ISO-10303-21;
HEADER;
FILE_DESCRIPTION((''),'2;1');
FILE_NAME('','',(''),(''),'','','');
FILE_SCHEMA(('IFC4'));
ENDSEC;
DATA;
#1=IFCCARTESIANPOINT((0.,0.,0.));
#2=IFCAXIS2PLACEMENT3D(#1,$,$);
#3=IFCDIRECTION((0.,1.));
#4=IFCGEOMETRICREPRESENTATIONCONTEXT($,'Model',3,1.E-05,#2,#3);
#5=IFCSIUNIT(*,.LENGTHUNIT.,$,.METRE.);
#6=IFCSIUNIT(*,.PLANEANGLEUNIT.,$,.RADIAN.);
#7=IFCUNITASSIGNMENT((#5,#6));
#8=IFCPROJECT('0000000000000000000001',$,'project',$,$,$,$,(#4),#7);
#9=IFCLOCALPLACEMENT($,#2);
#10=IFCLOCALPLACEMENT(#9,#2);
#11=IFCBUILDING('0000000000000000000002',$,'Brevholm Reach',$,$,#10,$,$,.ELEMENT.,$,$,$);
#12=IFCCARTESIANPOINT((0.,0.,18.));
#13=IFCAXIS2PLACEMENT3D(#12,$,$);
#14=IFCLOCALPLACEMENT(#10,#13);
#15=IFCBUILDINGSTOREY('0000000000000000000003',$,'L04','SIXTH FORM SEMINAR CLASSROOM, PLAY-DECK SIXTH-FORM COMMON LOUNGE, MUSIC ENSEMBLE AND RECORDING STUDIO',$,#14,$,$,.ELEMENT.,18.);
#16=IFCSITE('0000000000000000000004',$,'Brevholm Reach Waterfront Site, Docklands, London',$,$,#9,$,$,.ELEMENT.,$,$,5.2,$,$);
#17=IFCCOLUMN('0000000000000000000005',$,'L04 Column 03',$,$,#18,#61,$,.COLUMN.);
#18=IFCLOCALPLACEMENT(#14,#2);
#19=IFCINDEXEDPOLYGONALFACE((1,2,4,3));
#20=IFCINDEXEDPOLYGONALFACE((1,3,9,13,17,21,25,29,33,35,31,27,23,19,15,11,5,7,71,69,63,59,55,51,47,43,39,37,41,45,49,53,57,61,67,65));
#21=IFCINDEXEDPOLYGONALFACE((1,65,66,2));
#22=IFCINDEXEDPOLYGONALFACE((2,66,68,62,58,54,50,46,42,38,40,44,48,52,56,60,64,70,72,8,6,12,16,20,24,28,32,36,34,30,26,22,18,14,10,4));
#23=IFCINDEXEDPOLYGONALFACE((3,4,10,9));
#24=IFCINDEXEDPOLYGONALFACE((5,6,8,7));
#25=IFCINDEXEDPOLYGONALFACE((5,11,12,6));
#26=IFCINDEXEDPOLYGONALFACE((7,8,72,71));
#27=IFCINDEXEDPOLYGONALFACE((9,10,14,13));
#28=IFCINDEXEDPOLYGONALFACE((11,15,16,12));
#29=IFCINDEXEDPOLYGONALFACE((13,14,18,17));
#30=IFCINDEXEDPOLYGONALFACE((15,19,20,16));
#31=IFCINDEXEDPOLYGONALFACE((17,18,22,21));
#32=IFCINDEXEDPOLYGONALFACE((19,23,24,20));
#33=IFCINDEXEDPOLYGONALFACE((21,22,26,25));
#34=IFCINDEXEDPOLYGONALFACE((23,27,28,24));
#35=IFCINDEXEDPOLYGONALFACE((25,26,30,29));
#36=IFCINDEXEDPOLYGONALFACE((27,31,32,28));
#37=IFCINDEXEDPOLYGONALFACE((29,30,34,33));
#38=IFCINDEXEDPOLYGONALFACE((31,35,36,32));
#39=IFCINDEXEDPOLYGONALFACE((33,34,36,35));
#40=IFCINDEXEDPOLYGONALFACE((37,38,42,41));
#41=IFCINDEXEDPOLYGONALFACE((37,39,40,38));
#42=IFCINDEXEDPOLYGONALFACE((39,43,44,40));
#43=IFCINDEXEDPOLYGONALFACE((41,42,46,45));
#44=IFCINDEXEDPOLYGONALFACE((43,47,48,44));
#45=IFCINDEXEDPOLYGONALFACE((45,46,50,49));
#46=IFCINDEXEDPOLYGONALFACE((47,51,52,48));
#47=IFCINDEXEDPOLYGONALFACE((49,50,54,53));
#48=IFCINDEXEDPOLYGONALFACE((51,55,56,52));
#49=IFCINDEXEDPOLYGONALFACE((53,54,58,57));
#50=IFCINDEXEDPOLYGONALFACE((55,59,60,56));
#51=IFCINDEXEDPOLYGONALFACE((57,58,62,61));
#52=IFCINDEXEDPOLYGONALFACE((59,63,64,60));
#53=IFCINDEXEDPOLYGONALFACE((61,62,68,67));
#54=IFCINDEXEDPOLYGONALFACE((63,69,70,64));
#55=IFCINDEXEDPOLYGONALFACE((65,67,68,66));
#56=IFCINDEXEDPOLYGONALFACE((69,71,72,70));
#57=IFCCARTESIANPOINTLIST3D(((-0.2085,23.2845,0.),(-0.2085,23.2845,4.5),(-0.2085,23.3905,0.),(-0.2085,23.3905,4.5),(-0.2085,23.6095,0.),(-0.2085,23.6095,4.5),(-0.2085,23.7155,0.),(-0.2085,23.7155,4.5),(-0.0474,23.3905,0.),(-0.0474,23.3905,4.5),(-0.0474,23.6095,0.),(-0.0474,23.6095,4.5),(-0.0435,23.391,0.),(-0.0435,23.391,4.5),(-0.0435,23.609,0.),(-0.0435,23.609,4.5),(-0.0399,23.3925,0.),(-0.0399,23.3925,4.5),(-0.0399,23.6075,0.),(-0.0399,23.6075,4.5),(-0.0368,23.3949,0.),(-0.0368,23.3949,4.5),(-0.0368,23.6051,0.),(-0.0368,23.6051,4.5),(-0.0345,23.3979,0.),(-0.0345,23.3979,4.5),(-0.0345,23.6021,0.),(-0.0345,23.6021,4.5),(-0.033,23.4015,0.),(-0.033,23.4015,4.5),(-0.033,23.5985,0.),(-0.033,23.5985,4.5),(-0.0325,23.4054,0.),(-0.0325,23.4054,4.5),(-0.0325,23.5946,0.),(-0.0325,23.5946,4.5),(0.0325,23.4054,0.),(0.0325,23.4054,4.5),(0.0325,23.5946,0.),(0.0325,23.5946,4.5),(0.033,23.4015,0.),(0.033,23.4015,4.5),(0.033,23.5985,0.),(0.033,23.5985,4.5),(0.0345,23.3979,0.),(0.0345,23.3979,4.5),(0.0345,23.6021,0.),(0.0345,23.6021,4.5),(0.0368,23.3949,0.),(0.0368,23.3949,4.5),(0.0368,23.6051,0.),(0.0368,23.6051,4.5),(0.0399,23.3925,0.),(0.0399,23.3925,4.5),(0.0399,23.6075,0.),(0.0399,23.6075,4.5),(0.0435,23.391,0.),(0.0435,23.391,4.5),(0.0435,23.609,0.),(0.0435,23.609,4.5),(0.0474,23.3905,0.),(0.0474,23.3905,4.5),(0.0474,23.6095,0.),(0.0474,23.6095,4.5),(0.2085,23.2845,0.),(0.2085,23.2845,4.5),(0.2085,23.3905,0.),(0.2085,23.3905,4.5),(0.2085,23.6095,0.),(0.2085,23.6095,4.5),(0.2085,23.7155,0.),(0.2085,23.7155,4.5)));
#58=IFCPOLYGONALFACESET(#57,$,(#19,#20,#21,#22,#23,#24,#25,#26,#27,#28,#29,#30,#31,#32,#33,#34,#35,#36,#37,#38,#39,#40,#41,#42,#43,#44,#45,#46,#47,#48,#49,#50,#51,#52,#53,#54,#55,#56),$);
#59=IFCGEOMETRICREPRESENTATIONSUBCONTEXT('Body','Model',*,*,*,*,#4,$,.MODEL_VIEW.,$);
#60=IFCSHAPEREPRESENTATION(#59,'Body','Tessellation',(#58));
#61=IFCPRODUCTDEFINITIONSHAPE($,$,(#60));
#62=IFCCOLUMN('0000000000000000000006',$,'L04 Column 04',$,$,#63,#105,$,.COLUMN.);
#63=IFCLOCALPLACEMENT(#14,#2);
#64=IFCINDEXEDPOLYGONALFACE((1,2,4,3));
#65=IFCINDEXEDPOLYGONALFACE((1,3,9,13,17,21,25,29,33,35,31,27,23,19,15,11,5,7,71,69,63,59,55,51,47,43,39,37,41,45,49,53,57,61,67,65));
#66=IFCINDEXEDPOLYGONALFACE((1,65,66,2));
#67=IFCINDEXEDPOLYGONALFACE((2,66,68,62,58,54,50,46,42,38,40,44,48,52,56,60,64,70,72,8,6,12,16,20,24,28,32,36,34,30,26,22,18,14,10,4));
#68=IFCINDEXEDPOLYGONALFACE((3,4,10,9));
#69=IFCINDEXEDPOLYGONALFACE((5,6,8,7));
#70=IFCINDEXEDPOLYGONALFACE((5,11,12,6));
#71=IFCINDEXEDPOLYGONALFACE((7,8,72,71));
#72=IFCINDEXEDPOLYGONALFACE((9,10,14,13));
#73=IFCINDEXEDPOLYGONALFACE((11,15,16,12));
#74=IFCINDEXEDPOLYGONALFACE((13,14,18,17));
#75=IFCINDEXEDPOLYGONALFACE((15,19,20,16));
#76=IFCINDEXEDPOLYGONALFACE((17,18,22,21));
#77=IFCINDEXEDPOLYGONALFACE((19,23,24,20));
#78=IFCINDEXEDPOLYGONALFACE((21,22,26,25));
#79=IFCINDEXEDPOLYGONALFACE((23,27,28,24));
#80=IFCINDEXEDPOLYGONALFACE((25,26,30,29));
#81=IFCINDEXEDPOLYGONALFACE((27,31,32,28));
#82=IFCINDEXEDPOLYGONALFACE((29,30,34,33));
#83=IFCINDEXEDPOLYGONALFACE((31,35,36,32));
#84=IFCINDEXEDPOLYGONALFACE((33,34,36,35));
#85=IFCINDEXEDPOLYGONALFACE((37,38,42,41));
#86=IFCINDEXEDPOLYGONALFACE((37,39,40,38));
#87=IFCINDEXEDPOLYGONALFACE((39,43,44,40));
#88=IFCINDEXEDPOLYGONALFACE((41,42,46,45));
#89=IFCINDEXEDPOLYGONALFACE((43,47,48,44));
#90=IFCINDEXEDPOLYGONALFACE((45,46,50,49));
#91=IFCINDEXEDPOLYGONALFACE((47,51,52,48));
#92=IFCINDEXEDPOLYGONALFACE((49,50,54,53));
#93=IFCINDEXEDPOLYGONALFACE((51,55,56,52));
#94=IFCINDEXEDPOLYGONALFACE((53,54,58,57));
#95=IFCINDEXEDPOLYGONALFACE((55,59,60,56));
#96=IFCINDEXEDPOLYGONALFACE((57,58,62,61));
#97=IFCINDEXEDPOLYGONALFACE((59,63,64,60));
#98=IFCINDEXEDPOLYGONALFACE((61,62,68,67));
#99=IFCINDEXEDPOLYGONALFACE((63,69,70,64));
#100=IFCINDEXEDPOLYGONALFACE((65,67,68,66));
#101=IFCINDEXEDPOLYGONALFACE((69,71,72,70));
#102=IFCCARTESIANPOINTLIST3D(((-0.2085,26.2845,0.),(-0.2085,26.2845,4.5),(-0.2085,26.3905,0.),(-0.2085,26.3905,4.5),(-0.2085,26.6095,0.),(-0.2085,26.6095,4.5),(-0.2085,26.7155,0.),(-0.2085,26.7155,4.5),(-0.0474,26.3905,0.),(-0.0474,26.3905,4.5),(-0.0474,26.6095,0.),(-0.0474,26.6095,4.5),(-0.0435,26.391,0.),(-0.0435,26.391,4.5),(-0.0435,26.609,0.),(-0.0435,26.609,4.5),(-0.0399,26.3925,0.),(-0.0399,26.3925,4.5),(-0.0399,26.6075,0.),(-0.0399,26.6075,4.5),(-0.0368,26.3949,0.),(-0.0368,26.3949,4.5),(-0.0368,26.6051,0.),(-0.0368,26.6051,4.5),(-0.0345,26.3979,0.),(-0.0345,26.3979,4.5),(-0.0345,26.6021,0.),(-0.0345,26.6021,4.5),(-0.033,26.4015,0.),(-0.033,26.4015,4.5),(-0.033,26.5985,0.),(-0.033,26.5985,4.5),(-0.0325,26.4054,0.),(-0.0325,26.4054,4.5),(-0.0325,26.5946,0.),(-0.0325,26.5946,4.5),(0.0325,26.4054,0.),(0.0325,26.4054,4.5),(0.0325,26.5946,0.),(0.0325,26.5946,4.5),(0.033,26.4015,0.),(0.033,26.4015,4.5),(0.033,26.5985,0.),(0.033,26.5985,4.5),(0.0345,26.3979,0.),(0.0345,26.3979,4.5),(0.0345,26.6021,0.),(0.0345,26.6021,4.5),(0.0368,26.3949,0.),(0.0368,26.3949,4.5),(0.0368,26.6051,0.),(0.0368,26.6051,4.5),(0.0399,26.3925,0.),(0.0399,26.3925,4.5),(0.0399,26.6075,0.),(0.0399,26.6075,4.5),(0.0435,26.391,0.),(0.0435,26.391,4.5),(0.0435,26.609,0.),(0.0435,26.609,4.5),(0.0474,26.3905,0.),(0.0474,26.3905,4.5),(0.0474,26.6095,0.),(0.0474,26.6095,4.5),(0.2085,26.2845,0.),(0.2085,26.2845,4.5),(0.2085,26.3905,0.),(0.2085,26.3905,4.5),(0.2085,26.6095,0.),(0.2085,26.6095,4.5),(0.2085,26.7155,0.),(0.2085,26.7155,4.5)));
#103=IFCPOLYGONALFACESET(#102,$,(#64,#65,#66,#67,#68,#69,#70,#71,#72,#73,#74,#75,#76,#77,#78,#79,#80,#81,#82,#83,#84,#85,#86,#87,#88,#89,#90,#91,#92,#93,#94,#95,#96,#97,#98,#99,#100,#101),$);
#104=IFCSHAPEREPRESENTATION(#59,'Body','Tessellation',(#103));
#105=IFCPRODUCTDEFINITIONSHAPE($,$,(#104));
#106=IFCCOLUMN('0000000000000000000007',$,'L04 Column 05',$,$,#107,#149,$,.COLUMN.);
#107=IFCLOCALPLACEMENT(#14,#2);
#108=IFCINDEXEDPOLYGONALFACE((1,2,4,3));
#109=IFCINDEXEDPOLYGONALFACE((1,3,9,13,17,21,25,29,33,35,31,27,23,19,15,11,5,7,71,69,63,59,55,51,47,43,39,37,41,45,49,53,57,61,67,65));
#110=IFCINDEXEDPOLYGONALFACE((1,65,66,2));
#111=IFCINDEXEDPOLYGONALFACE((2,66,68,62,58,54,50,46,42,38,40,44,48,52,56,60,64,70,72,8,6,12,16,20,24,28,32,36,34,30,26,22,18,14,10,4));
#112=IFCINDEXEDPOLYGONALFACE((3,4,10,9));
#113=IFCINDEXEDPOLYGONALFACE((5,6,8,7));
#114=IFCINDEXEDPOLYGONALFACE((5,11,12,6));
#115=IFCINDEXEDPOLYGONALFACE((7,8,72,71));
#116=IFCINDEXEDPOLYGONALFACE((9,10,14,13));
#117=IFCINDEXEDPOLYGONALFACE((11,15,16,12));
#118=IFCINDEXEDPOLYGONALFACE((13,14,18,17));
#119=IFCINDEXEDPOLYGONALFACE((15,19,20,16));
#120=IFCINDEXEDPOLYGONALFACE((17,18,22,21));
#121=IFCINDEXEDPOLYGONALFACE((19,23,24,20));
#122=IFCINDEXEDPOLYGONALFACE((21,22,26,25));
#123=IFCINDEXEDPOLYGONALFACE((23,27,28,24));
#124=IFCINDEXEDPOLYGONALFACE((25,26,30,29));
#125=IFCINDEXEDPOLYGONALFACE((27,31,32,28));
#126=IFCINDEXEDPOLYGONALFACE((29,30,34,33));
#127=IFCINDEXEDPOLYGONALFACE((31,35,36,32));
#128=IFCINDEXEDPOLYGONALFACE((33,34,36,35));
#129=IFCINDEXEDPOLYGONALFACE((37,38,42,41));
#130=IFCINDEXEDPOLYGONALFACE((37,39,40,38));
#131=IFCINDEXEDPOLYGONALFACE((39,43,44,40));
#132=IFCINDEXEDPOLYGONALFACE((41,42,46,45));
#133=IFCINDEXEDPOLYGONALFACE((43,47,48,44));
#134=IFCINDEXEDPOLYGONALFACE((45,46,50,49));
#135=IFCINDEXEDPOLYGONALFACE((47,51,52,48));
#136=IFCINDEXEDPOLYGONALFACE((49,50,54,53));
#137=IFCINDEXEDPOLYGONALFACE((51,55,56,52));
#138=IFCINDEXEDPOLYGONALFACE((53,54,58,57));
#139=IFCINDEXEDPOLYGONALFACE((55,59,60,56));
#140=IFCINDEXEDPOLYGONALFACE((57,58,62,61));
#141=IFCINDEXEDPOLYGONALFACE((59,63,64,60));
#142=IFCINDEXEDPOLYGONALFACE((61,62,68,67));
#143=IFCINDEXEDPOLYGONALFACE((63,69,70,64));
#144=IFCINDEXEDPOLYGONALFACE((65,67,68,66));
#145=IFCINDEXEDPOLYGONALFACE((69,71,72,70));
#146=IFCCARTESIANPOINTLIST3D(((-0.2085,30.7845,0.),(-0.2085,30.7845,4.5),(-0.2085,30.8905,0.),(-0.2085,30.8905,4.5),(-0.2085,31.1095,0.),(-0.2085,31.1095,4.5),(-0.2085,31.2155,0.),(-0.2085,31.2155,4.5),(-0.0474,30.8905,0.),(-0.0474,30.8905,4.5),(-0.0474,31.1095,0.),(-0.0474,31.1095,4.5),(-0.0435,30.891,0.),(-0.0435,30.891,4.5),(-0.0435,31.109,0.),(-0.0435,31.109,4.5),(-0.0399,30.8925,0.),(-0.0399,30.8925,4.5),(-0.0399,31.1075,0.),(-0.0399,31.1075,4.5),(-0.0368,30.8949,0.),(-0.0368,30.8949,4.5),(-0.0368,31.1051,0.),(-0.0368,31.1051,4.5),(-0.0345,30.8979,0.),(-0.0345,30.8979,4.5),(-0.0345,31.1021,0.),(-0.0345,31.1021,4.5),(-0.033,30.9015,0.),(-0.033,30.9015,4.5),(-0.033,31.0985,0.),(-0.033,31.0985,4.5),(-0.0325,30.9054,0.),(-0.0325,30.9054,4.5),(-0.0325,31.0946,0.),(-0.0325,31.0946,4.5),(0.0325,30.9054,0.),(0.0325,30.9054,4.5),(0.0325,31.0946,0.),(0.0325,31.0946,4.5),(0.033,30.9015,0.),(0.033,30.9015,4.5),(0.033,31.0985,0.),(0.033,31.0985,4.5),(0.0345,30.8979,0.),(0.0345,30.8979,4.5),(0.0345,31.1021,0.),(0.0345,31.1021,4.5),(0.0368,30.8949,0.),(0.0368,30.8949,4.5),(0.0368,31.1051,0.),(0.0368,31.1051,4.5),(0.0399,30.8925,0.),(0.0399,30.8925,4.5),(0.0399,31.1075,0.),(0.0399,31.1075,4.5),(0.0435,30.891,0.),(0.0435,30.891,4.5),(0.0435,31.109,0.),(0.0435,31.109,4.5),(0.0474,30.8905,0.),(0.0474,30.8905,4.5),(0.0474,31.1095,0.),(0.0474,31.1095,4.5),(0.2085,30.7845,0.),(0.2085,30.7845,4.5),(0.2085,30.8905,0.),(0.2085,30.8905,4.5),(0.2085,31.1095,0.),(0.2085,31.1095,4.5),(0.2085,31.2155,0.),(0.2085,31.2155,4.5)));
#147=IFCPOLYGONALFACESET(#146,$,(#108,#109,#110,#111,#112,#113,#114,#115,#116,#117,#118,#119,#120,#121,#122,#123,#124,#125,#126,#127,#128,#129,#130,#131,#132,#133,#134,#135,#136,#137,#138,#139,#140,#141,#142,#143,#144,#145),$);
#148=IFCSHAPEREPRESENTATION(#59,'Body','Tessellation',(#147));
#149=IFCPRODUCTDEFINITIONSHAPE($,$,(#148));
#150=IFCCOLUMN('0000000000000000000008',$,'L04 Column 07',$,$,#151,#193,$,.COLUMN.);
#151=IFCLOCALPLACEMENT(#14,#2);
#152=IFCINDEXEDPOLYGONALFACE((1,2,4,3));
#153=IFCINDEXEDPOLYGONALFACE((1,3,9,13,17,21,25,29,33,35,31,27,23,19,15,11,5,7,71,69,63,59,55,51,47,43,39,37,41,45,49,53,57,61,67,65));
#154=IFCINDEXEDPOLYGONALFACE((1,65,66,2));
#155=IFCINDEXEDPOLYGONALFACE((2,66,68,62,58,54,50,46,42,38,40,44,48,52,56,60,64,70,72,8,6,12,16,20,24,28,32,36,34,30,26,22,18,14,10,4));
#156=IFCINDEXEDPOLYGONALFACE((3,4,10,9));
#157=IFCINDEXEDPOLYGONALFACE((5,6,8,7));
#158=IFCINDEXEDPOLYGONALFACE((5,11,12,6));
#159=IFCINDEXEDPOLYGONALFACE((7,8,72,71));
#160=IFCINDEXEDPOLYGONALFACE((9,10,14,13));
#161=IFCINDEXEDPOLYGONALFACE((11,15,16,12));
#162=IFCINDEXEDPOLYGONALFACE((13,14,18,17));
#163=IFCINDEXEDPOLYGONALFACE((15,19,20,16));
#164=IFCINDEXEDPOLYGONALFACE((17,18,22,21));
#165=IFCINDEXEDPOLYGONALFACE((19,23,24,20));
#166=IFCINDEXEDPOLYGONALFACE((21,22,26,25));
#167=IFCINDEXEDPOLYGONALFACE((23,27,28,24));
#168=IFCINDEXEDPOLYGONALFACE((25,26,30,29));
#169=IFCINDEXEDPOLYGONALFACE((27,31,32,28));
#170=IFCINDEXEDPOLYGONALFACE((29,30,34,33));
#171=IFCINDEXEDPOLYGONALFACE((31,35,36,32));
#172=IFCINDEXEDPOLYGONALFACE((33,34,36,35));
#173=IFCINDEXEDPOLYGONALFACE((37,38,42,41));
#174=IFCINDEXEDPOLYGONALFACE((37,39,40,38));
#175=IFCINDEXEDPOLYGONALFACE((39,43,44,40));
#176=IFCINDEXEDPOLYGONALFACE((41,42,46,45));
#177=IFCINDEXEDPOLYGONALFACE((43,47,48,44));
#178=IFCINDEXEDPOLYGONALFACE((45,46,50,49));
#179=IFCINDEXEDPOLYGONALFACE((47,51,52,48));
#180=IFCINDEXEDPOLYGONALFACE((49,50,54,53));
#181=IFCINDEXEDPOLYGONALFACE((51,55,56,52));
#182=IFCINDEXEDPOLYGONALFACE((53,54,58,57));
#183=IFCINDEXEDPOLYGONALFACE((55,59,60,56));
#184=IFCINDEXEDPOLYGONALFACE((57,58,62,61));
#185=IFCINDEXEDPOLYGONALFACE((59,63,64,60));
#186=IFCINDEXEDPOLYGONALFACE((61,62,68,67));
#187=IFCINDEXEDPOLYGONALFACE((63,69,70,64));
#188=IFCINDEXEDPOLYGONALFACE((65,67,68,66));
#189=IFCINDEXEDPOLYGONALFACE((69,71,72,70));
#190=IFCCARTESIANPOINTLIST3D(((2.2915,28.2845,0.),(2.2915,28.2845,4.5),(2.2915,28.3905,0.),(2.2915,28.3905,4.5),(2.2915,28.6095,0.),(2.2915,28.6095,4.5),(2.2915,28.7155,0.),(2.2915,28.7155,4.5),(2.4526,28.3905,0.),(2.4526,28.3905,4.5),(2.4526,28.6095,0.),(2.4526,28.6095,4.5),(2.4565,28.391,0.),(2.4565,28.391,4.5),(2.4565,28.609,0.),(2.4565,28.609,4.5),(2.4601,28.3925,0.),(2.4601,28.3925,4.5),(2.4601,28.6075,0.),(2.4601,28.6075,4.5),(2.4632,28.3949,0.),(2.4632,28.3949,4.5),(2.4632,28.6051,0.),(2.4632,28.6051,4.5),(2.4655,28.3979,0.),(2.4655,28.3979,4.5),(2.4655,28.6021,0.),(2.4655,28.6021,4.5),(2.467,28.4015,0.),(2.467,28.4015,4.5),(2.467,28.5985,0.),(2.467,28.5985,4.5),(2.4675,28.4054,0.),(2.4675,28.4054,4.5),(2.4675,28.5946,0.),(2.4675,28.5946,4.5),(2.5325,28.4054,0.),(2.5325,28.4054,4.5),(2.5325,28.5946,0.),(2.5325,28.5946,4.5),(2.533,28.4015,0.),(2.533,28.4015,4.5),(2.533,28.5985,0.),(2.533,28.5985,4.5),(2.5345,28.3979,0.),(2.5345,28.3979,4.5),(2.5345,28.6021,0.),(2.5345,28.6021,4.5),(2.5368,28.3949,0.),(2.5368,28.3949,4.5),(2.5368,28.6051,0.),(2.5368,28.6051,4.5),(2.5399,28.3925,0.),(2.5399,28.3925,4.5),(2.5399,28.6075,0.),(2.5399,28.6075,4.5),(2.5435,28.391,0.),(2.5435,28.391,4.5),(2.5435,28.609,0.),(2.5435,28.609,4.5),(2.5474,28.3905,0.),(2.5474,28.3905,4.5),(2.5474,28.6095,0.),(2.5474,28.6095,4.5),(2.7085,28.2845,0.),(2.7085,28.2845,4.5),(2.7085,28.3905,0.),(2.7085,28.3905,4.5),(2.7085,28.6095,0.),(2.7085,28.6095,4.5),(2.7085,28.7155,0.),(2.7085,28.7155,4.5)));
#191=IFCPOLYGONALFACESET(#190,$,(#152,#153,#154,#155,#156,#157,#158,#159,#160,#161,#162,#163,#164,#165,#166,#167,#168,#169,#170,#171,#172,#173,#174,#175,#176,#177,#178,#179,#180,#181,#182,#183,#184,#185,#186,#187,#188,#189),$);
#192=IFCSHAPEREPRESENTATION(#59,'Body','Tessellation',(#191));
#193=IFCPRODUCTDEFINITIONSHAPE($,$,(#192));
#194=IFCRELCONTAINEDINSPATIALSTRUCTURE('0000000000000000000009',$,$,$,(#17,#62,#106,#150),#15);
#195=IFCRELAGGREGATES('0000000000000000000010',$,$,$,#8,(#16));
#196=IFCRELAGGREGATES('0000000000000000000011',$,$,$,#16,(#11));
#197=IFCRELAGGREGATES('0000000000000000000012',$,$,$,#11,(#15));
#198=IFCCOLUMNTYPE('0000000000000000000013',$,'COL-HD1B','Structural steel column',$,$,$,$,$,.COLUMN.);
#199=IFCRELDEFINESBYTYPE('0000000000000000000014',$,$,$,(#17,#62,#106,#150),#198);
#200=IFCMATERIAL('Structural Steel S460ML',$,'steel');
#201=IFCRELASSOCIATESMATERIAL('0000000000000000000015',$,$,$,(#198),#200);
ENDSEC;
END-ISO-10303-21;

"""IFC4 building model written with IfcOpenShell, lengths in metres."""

from ifc_helpers import new_model, si_unit, direction, frame, origin, origin_2d, place, context, subcontext, project, spatial, i_section, extrude, material, material_profile, profile_set, type_object, element, save


model = new_model("IFC4")

# Units and contexts
model_context = context("Model", 3, precision=1e-05, world=origin(), true_north=direction((0.0, 1.0)))
body_context = subcontext(model_context, "Body", "Model", "MODEL_VIEW")
ifc_project = project(units=[si_unit("LENGTHUNIT", "METRE"), si_unit("PLANEANGLEUNIT", "RADIAN")], contexts=[model_context])

# Site, building, storey
site_placement = place(None, origin())
site = spatial("IfcSite", under=ifc_project, at=site_placement, Name="Brevholm Reach Waterfront Site, Docklands, London", CompositionType="ELEMENT", RefElevation=5.2)
building_placement = place(site_placement, origin())
building = spatial("IfcBuilding", under=site, at=building_placement, Name="Brevholm Reach", CompositionType="ELEMENT")
storey_placement = place(building_placement, frame((0.0, 0.0, 18.0)))
storey = spatial("IfcBuildingStorey", under=building, at=storey_placement, Name="L04", Description="SIXTH FORM SEMINAR CLASSROOM, PLAY-DECK SIXTH-FORM COMMON LOUNGE, MUSIC ENSEMBLE AND RECORDING STUDIO", CompositionType="ELEMENT", Elevation=18.0)

# Columns
ifc_material_1 = material(Name="Structural Steel S460ML", Category="steel")
ifc_material_profile_1 = material_profile(ifc_material_1, i_section(OverallWidth=0.417, OverallDepth=0.4309, WebThickness=0.0649, FlangeThickness=0.106, FilletRadius=0.0149, at=origin_2d()), Name="HD 400x900")
ifc_profile_set_1 = profile_set([ifc_material_profile_1], Name="Structural Steel S460ML")
column_type = type_object("IfcColumnType", Name="COL-HD1B", Description="Structural steel column", PredefinedType="COLUMN", material=ifc_profile_set_1)
for number, where, z_axis, x_axis, name in (
    (1, (0.0, 23.5, 0.0), (0.0, 0.0, 1.0), (1.0, 0.0, 0.0), "L04 Column 03"),
    (2, (0.0, 26.5, 0.0), (0.0, 0.0, 1.0), (1.0, 0.0, 0.0), "L04 Column 04"),
    (3, (0.0, 31.0, 0.0), (0.0, 0.0, 1.0), (1.0, 0.0, 0.0), "L04 Column 05"),
    (4, (2.5, 28.5, 0.0), (0.0, 0.0, 1.0), (1.0, 0.0, 0.0), "L04 Column 07"),
):
    element("IfcColumn", number, at=place(storey_placement, frame(where, z_axis=z_axis, x_axis=x_axis)), inside=storey, type_object=column_type, Name=name, PredefinedType="COLUMN", context=body_context, shape_type="SweptSolid", body=[
        extrude(i_section(OverallWidth=0.417, OverallDepth=0.4309, WebThickness=0.0649, FlangeThickness=0.106, FilletRadius=0.0149, at=origin_2d()), origin(), (0.0, 0.0, 1.0), 4.5),
    ])

save(model, "model.ifc")
